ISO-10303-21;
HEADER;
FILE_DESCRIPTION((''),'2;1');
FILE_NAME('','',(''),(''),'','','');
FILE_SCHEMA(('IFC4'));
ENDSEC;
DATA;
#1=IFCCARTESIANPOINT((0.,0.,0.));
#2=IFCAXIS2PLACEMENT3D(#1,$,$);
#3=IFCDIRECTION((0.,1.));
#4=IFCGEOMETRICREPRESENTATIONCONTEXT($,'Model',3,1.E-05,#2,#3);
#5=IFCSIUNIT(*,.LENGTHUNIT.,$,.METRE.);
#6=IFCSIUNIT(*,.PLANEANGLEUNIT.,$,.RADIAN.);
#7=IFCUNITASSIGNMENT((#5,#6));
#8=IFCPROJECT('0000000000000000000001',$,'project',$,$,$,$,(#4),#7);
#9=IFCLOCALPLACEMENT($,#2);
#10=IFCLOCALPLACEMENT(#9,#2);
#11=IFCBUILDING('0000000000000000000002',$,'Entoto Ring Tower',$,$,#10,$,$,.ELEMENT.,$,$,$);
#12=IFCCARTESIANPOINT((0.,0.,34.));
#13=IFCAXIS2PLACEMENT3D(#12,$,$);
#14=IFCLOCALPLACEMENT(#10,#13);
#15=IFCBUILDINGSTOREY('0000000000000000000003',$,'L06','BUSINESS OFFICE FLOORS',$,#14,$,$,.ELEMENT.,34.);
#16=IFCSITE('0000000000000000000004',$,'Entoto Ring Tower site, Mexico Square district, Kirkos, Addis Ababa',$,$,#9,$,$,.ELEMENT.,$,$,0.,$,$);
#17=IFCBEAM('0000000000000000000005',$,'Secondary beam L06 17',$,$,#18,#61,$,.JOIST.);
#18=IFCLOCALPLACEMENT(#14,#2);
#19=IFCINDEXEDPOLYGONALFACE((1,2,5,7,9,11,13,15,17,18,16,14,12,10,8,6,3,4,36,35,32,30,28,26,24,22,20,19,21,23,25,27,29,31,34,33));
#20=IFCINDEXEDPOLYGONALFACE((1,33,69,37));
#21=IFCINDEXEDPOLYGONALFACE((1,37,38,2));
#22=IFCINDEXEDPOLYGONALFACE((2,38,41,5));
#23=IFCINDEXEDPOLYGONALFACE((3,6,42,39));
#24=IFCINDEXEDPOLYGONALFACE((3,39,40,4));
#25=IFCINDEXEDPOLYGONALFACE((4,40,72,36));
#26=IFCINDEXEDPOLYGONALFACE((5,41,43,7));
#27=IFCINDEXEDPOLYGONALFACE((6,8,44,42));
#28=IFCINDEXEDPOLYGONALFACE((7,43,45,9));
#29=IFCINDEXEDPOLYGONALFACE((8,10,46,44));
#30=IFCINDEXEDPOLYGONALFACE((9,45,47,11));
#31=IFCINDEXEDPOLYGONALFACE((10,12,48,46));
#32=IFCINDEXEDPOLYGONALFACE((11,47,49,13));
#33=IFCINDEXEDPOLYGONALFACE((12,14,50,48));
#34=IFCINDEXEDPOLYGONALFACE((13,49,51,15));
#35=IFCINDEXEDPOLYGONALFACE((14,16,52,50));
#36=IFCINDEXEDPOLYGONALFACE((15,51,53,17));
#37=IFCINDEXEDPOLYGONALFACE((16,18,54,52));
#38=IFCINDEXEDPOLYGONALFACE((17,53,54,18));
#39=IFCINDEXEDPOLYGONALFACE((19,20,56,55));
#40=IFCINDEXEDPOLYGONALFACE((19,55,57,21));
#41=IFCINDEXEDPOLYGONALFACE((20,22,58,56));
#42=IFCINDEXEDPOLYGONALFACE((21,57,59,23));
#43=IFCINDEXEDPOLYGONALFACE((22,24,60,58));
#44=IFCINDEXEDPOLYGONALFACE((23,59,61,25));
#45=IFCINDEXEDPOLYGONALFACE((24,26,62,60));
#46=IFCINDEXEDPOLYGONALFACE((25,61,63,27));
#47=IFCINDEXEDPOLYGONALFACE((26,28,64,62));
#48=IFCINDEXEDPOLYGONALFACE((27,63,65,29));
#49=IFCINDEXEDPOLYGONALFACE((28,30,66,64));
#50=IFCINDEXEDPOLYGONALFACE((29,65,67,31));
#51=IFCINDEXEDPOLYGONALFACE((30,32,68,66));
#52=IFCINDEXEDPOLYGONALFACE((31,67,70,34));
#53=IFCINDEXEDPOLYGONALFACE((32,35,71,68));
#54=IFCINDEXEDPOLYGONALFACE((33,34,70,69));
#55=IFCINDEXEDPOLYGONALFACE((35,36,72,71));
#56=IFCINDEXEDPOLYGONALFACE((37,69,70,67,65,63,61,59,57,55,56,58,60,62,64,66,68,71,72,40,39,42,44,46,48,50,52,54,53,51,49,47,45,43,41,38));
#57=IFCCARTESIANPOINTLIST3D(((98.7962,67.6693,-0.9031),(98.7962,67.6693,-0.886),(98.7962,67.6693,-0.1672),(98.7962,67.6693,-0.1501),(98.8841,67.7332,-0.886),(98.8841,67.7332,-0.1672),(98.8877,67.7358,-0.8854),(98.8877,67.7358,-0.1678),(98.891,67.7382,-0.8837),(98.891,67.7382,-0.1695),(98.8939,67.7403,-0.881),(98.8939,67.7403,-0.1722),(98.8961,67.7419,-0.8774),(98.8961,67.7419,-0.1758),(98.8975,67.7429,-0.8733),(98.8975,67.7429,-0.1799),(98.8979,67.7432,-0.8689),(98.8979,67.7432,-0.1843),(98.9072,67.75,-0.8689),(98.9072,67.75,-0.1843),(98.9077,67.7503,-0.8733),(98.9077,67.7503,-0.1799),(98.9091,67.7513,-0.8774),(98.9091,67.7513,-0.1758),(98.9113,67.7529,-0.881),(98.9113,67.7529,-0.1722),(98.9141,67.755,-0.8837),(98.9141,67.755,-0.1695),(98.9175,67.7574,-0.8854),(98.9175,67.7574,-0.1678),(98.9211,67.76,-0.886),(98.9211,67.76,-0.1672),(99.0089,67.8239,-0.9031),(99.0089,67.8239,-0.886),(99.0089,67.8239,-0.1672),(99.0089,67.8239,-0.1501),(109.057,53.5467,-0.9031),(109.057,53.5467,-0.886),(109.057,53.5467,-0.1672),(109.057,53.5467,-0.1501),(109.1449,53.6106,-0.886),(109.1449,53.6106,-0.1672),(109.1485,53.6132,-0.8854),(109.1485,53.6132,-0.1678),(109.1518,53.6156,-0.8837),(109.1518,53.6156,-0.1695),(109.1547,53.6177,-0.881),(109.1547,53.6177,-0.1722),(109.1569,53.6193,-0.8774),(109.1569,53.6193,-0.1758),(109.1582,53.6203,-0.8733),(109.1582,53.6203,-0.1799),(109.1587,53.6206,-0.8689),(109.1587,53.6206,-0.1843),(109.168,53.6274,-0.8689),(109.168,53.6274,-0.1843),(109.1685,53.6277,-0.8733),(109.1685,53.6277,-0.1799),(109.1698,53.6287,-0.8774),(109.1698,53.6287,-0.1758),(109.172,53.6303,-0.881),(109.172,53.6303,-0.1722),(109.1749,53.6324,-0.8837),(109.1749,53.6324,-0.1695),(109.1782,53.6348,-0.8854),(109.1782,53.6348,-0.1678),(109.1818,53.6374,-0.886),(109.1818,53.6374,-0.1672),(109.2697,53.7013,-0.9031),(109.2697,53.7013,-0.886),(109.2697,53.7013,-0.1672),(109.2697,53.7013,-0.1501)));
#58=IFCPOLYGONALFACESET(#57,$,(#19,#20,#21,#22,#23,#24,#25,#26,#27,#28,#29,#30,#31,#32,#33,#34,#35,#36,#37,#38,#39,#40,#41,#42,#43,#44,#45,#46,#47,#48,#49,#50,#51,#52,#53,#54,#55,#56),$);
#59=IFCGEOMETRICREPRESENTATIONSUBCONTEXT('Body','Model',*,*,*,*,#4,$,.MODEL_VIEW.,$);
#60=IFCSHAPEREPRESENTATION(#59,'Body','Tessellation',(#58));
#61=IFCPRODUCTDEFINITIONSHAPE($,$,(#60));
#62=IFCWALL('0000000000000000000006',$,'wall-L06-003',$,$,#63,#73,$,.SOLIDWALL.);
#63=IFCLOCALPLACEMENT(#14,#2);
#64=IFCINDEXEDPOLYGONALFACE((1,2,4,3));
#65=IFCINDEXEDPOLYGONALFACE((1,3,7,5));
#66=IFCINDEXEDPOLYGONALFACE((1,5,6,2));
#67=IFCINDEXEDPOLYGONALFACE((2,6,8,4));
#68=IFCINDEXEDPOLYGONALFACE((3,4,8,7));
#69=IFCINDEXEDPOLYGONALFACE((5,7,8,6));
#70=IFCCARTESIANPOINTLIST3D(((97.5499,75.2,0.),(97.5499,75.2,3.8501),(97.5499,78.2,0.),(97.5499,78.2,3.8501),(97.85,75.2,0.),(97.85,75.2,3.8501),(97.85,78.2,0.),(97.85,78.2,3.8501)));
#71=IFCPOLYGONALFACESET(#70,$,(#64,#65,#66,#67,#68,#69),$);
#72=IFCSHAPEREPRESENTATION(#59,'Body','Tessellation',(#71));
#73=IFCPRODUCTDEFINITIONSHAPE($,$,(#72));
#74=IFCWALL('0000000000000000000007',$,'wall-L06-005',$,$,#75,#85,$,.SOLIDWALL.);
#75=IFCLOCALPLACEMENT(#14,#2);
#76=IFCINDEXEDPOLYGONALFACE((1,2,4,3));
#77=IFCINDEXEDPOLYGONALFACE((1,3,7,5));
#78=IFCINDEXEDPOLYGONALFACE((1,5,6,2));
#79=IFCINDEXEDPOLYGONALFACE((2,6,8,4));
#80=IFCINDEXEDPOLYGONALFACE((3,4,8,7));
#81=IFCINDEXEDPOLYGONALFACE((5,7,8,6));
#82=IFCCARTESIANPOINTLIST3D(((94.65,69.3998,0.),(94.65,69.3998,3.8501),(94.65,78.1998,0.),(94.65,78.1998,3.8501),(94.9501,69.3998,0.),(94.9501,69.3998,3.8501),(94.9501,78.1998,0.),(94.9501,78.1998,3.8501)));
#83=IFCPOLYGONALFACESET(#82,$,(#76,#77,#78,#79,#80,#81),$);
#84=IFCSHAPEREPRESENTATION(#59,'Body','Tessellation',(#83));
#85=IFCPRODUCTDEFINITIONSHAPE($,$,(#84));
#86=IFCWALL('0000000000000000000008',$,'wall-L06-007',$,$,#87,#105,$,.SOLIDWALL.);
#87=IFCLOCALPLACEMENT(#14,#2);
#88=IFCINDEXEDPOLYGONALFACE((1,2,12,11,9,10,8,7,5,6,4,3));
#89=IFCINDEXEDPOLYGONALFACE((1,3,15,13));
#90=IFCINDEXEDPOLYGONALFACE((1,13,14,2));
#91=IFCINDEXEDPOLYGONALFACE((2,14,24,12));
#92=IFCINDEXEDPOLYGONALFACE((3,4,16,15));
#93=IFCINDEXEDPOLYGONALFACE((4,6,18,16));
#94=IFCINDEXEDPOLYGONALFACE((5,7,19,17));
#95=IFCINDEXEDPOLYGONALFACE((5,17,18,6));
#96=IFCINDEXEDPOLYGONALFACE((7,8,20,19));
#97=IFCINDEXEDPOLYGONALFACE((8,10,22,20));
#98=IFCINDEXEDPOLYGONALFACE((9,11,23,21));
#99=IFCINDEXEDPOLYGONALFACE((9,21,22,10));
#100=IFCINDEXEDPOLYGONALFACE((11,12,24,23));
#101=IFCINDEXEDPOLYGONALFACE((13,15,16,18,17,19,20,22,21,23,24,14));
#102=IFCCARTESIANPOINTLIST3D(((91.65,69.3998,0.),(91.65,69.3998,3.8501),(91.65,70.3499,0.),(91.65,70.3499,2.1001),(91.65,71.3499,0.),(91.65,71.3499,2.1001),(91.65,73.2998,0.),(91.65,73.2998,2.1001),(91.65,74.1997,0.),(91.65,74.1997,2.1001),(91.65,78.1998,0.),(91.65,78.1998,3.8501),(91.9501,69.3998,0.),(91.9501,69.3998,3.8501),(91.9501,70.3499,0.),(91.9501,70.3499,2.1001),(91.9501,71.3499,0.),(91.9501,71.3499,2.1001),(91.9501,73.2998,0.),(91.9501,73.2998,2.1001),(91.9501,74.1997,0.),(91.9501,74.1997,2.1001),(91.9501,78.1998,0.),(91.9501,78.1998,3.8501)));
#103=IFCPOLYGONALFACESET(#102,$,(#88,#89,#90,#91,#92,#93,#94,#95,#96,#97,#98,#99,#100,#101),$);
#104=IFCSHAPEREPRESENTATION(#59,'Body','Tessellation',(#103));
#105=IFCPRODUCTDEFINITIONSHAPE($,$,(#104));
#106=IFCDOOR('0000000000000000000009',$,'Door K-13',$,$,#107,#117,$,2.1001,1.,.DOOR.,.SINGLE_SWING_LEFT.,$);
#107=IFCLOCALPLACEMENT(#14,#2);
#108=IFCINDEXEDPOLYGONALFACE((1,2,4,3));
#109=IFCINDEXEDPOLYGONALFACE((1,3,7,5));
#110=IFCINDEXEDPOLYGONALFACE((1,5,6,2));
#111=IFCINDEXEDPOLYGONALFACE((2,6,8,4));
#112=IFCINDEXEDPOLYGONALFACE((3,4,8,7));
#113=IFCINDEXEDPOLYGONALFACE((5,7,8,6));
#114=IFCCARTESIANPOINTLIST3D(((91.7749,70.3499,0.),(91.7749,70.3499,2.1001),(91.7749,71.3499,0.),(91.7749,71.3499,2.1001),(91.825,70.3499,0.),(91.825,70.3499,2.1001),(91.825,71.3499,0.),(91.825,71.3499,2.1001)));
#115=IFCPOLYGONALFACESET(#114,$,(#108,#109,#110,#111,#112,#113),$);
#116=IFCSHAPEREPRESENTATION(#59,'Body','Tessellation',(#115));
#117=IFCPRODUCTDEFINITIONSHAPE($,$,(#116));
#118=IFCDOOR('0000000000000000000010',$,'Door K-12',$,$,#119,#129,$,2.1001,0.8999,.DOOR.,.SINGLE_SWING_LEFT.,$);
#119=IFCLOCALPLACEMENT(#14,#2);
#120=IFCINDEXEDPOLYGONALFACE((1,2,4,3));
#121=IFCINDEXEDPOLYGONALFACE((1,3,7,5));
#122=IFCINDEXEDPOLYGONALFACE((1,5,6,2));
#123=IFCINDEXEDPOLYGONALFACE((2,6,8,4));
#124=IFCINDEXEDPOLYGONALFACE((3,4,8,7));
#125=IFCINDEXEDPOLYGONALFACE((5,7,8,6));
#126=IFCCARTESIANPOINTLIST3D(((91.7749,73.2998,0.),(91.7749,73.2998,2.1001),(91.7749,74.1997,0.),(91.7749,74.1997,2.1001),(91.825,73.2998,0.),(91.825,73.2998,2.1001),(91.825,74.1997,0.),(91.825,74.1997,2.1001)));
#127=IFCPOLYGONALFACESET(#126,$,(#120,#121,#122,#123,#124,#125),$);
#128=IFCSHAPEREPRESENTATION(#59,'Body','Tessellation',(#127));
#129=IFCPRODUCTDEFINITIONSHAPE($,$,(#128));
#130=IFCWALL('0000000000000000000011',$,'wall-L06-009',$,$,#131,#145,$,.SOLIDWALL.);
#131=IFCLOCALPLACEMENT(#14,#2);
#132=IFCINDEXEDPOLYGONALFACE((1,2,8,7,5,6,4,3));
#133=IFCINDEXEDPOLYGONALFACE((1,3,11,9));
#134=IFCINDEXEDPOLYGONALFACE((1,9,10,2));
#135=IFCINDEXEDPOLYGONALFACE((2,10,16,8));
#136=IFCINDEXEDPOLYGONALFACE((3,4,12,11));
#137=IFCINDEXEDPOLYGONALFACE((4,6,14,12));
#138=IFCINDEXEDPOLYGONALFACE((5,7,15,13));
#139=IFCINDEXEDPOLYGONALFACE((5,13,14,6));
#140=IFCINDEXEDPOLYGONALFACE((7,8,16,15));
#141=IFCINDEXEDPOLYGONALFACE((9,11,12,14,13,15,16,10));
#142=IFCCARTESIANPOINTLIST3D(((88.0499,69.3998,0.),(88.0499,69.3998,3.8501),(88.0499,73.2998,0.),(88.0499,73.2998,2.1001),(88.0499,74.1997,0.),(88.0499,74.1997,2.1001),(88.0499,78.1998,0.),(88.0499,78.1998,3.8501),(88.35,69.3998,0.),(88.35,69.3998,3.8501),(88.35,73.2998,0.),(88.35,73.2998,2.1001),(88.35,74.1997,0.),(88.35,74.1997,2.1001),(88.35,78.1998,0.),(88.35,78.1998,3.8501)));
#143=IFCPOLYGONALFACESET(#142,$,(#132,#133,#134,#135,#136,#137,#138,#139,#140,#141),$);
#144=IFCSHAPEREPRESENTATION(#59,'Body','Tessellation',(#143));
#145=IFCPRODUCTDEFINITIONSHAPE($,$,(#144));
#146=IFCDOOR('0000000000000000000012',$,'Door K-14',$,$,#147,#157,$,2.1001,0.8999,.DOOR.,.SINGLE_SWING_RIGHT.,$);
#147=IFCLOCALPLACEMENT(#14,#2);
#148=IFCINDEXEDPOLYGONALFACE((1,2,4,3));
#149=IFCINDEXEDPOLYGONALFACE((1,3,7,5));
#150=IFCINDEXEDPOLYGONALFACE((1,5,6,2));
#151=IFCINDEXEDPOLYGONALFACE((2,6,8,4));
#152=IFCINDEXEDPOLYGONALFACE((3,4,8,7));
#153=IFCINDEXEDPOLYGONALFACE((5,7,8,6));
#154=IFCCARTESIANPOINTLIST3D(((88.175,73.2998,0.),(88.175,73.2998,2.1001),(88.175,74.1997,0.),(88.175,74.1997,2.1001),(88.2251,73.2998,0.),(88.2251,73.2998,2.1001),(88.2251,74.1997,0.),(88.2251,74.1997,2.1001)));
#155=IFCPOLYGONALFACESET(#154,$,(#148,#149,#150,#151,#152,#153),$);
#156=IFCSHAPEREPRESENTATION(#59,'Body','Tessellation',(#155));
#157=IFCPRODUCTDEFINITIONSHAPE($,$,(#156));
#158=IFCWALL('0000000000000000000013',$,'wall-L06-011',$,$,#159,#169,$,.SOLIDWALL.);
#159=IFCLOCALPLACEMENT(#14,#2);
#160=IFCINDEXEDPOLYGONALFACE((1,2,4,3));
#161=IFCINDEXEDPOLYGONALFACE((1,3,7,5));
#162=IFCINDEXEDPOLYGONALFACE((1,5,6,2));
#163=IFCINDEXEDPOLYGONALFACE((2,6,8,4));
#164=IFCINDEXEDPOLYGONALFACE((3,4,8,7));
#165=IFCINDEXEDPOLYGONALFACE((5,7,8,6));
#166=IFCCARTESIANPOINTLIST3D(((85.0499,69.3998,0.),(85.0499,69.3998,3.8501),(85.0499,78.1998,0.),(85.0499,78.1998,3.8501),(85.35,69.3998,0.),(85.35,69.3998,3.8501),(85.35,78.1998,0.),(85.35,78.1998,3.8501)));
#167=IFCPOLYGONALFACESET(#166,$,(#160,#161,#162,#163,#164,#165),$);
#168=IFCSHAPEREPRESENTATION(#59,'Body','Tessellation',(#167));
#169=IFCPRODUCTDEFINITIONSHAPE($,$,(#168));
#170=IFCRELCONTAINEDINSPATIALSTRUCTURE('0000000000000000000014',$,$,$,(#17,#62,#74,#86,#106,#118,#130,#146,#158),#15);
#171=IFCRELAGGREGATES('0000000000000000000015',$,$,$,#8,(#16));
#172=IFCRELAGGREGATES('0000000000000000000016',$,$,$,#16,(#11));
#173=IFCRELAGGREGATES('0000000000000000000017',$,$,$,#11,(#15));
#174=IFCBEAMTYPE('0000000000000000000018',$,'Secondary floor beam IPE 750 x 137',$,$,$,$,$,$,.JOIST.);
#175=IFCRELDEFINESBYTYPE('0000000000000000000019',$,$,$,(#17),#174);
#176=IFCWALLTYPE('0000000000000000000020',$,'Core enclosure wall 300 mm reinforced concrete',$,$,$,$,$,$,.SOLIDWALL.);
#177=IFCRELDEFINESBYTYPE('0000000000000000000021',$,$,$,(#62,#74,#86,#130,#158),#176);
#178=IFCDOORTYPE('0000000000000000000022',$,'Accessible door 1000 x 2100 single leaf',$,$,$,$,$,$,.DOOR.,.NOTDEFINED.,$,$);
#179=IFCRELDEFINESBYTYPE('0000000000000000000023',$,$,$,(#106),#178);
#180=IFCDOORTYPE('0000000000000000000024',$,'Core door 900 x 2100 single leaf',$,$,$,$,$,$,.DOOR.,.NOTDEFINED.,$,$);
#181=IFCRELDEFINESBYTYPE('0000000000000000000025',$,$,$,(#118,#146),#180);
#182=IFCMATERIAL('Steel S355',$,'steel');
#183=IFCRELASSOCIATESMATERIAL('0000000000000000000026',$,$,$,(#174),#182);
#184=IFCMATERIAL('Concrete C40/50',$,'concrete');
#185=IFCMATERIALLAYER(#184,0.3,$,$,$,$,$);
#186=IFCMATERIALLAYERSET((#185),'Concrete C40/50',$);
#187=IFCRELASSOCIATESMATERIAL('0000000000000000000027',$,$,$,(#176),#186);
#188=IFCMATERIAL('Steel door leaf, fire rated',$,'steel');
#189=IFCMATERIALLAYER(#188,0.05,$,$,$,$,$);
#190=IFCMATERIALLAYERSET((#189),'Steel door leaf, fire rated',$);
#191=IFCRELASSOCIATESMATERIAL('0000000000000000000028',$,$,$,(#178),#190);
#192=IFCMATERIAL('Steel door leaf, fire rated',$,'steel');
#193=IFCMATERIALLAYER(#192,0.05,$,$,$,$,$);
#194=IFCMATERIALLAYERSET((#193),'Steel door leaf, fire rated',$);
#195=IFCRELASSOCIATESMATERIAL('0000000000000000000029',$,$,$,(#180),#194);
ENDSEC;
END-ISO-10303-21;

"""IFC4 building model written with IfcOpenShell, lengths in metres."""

from ifc_helpers import new_model, si_unit, direction, frame, frame_2d, origin, origin_2d, place, context, subcontext, project, spatial, rectangle, i_section, extrude, material, layer, layer_set, material_profile, profile_set, type_object, element, fill, save


model = new_model("IFC4")

# Units and contexts
model_context = context("Model", 3, precision=1e-05, world=origin(), true_north=direction((0.0, 1.0)))
body_context = subcontext(model_context, "Body", "Model", "MODEL_VIEW")
ifc_project = project(units=[si_unit("LENGTHUNIT", "METRE"), si_unit("PLANEANGLEUNIT", "RADIAN")], contexts=[model_context])

# Site, building, storey
site_placement = place(None, origin())
site = spatial("IfcSite", under=ifc_project, at=site_placement, Name="Entoto Ring Tower site, Mexico Square district, Kirkos, Addis Ababa", CompositionType="ELEMENT", RefElevation=0.0)
building_placement = place(site_placement, origin())
building = spatial("IfcBuilding", under=site, at=building_placement, Name="Entoto Ring Tower", CompositionType="ELEMENT")
storey_placement = place(building_placement, frame((0.0, 0.0, 34.0)))
storey = spatial("IfcBuildingStorey", under=building, at=storey_placement, Name="L06", Description="BUSINESS OFFICE FLOORS", CompositionType="ELEMENT", Elevation=34.0)

# Beam
ifc_material_1 = material(Name="Steel S355", Category="steel")
ifc_material_profile_1 = material_profile(ifc_material_1, i_section(OverallWidth=0.2629, OverallDepth=0.7529, WebThickness=0.0115, FlangeThickness=0.0171, FilletRadius=0.0171, at=origin_2d()), Name="IPE 750 x 137")
ifc_profile_set_1 = profile_set([ifc_material_profile_1], Name="Steel S355")
beam_type_1 = type_object("IfcBeamType", Name="Secondary floor beam IPE 750 x 137", PredefinedType="JOIST", material=ifc_profile_set_1)
beam_1_placement = place(storey_placement, frame((98.9026, 67.7466, -0.5266), z_axis=(0.587789, -0.809014, 0.0), x_axis=(0.809014, 0.587789, 0.0)))
element("IfcBeam", 1, at=beam_1_placement, inside=storey, type_object=beam_type_1, Name="Secondary beam L06 17", PredefinedType="JOIST", context=body_context, shape_type="SweptSolid", body=[
    extrude(i_section(OverallWidth=0.2629, OverallDepth=0.7529, WebThickness=0.0115, FlangeThickness=0.0171, FilletRadius=0.0171, at=origin_2d()), origin(), (0.0, 0.0, 1.0), 17.4565),
])

# Walls
ifc_material_2 = material(Name="Concrete C40/50", Category="concrete")
ifc_layer_1 = layer(ifc_material_2, 0.3)
ifc_layer_set_1 = layer_set([ifc_layer_1], Name="Concrete C40/50")
wall_type_1 = type_object("IfcWallType", Name="Core enclosure wall 300 mm reinforced concrete", PredefinedType="SOLIDWALL", material=ifc_layer_set_1)
wall_1_placement = place(storey_placement, frame((97.7, 75.2, 0.0), z_axis=(0.0, 0.0, 1.0), x_axis=(0.0, 1.0, 0.0)))
element("IfcWall", 2, at=wall_1_placement, inside=storey, type_object=wall_type_1, Name="wall-L06-003", PredefinedType="SOLIDWALL", context=body_context, shape_type="SweptSolid", body=[
    extrude(rectangle(XDim=3.0, YDim=0.3, at=frame_2d((1.5, 0.0))), origin(), (0.0, 0.0, 1.0), 3.8501),
])
wall_2_placement = place(storey_placement, frame((94.8, 69.3999, 0.0), z_axis=(0.0, 0.0, 1.0), x_axis=(0.0, 1.0, 0.0)))
element("IfcWall", 3, at=wall_2_placement, inside=storey, type_object=wall_type_1, Name="wall-L06-005", PredefinedType="SOLIDWALL", context=body_context, shape_type="SweptSolid", body=[
    extrude(rectangle(XDim=8.8, YDim=0.3, at=frame_2d((4.3999, 0.0))), origin(), (0.0, 0.0, 1.0), 3.8501),
])

# Wall, openings, doors
wall_3_placement = place(storey_placement, frame((91.8, 69.3999, 0.0), z_axis=(0.0, 0.0, 1.0), x_axis=(0.0, 1.0, 0.0)))
wall_3 = element("IfcWall", 4, at=wall_3_placement, inside=storey, type_object=wall_type_1, Name="wall-L06-007", PredefinedType="SOLIDWALL", context=body_context, shape_type="SweptSolid", body=[
    extrude(rectangle(XDim=8.8, YDim=0.3, at=frame_2d((4.3999, 0.0))), origin(), (0.0, 0.0, 1.0), 3.8501),
])
opening_1_placement = place(wall_3_placement, frame((3.8999, 0.0, 0.0)))
opening_1 = element("IfcOpeningElement", 5, at=opening_1_placement, cuts=wall_3, PredefinedType="OPENING", context=body_context, shape_type="SweptSolid", body=[
    extrude(rectangle(XDim=0.8999, YDim=2.1001, at=frame_2d((0.45, 1.05))), frame((0.0, 0.1602, 0.0), z_axis=(0.0, -1.0, 0.0), x_axis=(1.0, 0.0, 0.0)), (0.0, 0.0, 1.0), 0.3201),
])
opening_2_placement = place(wall_3_placement, frame((0.95, 0.0, 0.0)))
opening_2 = element("IfcOpeningElement", 6, at=opening_2_placement, cuts=wall_3, PredefinedType="OPENING", context=body_context, shape_type="SweptSolid", body=[
    extrude(rectangle(XDim=1.0, YDim=2.1001, at=frame_2d((0.5, 1.05))), frame((0.0, 0.1602, 0.0), z_axis=(0.0, -1.0, 0.0), x_axis=(1.0, 0.0, 0.0)), (0.0, 0.0, 1.0), 0.3201),
])
ifc_material_3 = material(Name="Steel door leaf, fire rated", Category="steel")
ifc_layer_2 = layer(ifc_material_3, 0.05)
ifc_layer_set_2 = layer_set([ifc_layer_2], Name="Steel door leaf, fire rated")
door_type_1 = type_object("IfcDoorType", Name="Accessible door 1000 x 2100 single leaf", OperationType="NOTDEFINED", PredefinedType="DOOR", material=ifc_layer_set_2)
door_1_placement = place(opening_2_placement, frame((1.0, 0.0, 0.0), z_axis=(0.0, 0.0, 1.0), x_axis=(-1.0, 0.0, 0.0)))
door_1 = element("IfcDoor", 7, at=door_1_placement, inside=storey, type_object=door_type_1, Name="Door K-13", OperationType="SINGLE_SWING_LEFT", OverallHeight=2.1001, OverallWidth=1.0, PredefinedType="DOOR", context=body_context, shape_type="SweptSolid", body=[
    extrude(rectangle(XDim=1.0, YDim=2.1001, at=frame_2d((0.5, 1.05))), frame((0.0, 0.0249, 0.0), z_axis=(0.0, -1.0, 0.0), x_axis=(1.0, 0.0, 0.0)), (0.0, 0.0, 1.0), 0.05),
])
fill(opening_2, door_1)
ifc_material_4 = material(Name="Steel door leaf, fire rated", Category="steel")
ifc_layer_3 = layer(ifc_material_4, 0.05)
ifc_layer_set_3 = layer_set([ifc_layer_3], Name="Steel door leaf, fire rated")
door_type_2 = type_object("IfcDoorType", Name="Core door 900 x 2100 single leaf", OperationType="NOTDEFINED", PredefinedType="DOOR", material=ifc_layer_set_3)
door_2_placement = place(opening_1_placement, frame((0.8999, 0.0, 0.0), z_axis=(0.0, 0.0, 1.0), x_axis=(-1.0, 0.0, 0.0)))
door_2 = element("IfcDoor", 8, at=door_2_placement, inside=storey, type_object=door_type_2, Name="Door K-12", OperationType="SINGLE_SWING_LEFT", OverallHeight=2.1001, OverallWidth=0.8999, PredefinedType="DOOR", context=body_context, shape_type="SweptSolid", body=[
    extrude(rectangle(XDim=0.8999, YDim=2.1001, at=frame_2d((0.45, 1.05))), frame((0.0, 0.0249, 0.0), z_axis=(0.0, -1.0, 0.0), x_axis=(1.0, 0.0, 0.0)), (0.0, 0.0, 1.0), 0.05),
])
fill(opening_1, door_2)

# Wall, opening, door
wall_4_placement = place(storey_placement, frame((88.2, 69.3999, 0.0), z_axis=(0.0, 0.0, 1.0), x_axis=(0.0, 1.0, 0.0)))
wall_4 = element("IfcWall", 9, at=wall_4_placement, inside=storey, type_object=wall_type_1, Name="wall-L06-009", PredefinedType="SOLIDWALL", context=body_context, shape_type="SweptSolid", body=[
    extrude(rectangle(XDim=8.8, YDim=0.3, at=frame_2d((4.3999, 0.0))), origin(), (0.0, 0.0, 1.0), 3.8501),
])
opening_3_placement = place(wall_4_placement, frame((3.8999, 0.0, 0.0)))
opening_3 = element("IfcOpeningElement", 10, at=opening_3_placement, cuts=wall_4, PredefinedType="OPENING", context=body_context, shape_type="SweptSolid", body=[
    extrude(rectangle(XDim=0.8999, YDim=2.1001, at=frame_2d((0.45, 1.05))), frame((0.0, 0.1602, 0.0), z_axis=(0.0, -1.0, 0.0), x_axis=(1.0, 0.0, 0.0)), (0.0, 0.0, 1.0), 0.3201),
])
door_3_placement = place(opening_3_placement, origin())
door_3 = element("IfcDoor", 11, at=door_3_placement, inside=storey, type_object=door_type_2, Name="Door K-14", OperationType="SINGLE_SWING_RIGHT", OverallHeight=2.1001, OverallWidth=0.8999, PredefinedType="DOOR", context=body_context, shape_type="SweptSolid", body=[
    extrude(rectangle(XDim=0.8999, YDim=2.1001, at=frame_2d((0.45, 1.05))), frame((0.0, 0.0249, 0.0), z_axis=(0.0, -1.0, 0.0), x_axis=(1.0, 0.0, 0.0)), (0.0, 0.0, 1.0), 0.05),
])
fill(opening_3, door_3)

# Wall
wall_5_placement = place(storey_placement, frame((85.2, 69.3999, 0.0), z_axis=(0.0, 0.0, 1.0), x_axis=(0.0, 1.0, 0.0)))
element("IfcWall", 12, at=wall_5_placement, inside=storey, type_object=wall_type_1, Name="wall-L06-011", PredefinedType="SOLIDWALL", context=body_context, shape_type="SweptSolid", body=[
    extrude(rectangle(XDim=8.8, YDim=0.3, at=frame_2d((4.3999, 0.0))), origin(), (0.0, 0.0, 1.0), 3.8501),
])

save(model, "model.ifc")
